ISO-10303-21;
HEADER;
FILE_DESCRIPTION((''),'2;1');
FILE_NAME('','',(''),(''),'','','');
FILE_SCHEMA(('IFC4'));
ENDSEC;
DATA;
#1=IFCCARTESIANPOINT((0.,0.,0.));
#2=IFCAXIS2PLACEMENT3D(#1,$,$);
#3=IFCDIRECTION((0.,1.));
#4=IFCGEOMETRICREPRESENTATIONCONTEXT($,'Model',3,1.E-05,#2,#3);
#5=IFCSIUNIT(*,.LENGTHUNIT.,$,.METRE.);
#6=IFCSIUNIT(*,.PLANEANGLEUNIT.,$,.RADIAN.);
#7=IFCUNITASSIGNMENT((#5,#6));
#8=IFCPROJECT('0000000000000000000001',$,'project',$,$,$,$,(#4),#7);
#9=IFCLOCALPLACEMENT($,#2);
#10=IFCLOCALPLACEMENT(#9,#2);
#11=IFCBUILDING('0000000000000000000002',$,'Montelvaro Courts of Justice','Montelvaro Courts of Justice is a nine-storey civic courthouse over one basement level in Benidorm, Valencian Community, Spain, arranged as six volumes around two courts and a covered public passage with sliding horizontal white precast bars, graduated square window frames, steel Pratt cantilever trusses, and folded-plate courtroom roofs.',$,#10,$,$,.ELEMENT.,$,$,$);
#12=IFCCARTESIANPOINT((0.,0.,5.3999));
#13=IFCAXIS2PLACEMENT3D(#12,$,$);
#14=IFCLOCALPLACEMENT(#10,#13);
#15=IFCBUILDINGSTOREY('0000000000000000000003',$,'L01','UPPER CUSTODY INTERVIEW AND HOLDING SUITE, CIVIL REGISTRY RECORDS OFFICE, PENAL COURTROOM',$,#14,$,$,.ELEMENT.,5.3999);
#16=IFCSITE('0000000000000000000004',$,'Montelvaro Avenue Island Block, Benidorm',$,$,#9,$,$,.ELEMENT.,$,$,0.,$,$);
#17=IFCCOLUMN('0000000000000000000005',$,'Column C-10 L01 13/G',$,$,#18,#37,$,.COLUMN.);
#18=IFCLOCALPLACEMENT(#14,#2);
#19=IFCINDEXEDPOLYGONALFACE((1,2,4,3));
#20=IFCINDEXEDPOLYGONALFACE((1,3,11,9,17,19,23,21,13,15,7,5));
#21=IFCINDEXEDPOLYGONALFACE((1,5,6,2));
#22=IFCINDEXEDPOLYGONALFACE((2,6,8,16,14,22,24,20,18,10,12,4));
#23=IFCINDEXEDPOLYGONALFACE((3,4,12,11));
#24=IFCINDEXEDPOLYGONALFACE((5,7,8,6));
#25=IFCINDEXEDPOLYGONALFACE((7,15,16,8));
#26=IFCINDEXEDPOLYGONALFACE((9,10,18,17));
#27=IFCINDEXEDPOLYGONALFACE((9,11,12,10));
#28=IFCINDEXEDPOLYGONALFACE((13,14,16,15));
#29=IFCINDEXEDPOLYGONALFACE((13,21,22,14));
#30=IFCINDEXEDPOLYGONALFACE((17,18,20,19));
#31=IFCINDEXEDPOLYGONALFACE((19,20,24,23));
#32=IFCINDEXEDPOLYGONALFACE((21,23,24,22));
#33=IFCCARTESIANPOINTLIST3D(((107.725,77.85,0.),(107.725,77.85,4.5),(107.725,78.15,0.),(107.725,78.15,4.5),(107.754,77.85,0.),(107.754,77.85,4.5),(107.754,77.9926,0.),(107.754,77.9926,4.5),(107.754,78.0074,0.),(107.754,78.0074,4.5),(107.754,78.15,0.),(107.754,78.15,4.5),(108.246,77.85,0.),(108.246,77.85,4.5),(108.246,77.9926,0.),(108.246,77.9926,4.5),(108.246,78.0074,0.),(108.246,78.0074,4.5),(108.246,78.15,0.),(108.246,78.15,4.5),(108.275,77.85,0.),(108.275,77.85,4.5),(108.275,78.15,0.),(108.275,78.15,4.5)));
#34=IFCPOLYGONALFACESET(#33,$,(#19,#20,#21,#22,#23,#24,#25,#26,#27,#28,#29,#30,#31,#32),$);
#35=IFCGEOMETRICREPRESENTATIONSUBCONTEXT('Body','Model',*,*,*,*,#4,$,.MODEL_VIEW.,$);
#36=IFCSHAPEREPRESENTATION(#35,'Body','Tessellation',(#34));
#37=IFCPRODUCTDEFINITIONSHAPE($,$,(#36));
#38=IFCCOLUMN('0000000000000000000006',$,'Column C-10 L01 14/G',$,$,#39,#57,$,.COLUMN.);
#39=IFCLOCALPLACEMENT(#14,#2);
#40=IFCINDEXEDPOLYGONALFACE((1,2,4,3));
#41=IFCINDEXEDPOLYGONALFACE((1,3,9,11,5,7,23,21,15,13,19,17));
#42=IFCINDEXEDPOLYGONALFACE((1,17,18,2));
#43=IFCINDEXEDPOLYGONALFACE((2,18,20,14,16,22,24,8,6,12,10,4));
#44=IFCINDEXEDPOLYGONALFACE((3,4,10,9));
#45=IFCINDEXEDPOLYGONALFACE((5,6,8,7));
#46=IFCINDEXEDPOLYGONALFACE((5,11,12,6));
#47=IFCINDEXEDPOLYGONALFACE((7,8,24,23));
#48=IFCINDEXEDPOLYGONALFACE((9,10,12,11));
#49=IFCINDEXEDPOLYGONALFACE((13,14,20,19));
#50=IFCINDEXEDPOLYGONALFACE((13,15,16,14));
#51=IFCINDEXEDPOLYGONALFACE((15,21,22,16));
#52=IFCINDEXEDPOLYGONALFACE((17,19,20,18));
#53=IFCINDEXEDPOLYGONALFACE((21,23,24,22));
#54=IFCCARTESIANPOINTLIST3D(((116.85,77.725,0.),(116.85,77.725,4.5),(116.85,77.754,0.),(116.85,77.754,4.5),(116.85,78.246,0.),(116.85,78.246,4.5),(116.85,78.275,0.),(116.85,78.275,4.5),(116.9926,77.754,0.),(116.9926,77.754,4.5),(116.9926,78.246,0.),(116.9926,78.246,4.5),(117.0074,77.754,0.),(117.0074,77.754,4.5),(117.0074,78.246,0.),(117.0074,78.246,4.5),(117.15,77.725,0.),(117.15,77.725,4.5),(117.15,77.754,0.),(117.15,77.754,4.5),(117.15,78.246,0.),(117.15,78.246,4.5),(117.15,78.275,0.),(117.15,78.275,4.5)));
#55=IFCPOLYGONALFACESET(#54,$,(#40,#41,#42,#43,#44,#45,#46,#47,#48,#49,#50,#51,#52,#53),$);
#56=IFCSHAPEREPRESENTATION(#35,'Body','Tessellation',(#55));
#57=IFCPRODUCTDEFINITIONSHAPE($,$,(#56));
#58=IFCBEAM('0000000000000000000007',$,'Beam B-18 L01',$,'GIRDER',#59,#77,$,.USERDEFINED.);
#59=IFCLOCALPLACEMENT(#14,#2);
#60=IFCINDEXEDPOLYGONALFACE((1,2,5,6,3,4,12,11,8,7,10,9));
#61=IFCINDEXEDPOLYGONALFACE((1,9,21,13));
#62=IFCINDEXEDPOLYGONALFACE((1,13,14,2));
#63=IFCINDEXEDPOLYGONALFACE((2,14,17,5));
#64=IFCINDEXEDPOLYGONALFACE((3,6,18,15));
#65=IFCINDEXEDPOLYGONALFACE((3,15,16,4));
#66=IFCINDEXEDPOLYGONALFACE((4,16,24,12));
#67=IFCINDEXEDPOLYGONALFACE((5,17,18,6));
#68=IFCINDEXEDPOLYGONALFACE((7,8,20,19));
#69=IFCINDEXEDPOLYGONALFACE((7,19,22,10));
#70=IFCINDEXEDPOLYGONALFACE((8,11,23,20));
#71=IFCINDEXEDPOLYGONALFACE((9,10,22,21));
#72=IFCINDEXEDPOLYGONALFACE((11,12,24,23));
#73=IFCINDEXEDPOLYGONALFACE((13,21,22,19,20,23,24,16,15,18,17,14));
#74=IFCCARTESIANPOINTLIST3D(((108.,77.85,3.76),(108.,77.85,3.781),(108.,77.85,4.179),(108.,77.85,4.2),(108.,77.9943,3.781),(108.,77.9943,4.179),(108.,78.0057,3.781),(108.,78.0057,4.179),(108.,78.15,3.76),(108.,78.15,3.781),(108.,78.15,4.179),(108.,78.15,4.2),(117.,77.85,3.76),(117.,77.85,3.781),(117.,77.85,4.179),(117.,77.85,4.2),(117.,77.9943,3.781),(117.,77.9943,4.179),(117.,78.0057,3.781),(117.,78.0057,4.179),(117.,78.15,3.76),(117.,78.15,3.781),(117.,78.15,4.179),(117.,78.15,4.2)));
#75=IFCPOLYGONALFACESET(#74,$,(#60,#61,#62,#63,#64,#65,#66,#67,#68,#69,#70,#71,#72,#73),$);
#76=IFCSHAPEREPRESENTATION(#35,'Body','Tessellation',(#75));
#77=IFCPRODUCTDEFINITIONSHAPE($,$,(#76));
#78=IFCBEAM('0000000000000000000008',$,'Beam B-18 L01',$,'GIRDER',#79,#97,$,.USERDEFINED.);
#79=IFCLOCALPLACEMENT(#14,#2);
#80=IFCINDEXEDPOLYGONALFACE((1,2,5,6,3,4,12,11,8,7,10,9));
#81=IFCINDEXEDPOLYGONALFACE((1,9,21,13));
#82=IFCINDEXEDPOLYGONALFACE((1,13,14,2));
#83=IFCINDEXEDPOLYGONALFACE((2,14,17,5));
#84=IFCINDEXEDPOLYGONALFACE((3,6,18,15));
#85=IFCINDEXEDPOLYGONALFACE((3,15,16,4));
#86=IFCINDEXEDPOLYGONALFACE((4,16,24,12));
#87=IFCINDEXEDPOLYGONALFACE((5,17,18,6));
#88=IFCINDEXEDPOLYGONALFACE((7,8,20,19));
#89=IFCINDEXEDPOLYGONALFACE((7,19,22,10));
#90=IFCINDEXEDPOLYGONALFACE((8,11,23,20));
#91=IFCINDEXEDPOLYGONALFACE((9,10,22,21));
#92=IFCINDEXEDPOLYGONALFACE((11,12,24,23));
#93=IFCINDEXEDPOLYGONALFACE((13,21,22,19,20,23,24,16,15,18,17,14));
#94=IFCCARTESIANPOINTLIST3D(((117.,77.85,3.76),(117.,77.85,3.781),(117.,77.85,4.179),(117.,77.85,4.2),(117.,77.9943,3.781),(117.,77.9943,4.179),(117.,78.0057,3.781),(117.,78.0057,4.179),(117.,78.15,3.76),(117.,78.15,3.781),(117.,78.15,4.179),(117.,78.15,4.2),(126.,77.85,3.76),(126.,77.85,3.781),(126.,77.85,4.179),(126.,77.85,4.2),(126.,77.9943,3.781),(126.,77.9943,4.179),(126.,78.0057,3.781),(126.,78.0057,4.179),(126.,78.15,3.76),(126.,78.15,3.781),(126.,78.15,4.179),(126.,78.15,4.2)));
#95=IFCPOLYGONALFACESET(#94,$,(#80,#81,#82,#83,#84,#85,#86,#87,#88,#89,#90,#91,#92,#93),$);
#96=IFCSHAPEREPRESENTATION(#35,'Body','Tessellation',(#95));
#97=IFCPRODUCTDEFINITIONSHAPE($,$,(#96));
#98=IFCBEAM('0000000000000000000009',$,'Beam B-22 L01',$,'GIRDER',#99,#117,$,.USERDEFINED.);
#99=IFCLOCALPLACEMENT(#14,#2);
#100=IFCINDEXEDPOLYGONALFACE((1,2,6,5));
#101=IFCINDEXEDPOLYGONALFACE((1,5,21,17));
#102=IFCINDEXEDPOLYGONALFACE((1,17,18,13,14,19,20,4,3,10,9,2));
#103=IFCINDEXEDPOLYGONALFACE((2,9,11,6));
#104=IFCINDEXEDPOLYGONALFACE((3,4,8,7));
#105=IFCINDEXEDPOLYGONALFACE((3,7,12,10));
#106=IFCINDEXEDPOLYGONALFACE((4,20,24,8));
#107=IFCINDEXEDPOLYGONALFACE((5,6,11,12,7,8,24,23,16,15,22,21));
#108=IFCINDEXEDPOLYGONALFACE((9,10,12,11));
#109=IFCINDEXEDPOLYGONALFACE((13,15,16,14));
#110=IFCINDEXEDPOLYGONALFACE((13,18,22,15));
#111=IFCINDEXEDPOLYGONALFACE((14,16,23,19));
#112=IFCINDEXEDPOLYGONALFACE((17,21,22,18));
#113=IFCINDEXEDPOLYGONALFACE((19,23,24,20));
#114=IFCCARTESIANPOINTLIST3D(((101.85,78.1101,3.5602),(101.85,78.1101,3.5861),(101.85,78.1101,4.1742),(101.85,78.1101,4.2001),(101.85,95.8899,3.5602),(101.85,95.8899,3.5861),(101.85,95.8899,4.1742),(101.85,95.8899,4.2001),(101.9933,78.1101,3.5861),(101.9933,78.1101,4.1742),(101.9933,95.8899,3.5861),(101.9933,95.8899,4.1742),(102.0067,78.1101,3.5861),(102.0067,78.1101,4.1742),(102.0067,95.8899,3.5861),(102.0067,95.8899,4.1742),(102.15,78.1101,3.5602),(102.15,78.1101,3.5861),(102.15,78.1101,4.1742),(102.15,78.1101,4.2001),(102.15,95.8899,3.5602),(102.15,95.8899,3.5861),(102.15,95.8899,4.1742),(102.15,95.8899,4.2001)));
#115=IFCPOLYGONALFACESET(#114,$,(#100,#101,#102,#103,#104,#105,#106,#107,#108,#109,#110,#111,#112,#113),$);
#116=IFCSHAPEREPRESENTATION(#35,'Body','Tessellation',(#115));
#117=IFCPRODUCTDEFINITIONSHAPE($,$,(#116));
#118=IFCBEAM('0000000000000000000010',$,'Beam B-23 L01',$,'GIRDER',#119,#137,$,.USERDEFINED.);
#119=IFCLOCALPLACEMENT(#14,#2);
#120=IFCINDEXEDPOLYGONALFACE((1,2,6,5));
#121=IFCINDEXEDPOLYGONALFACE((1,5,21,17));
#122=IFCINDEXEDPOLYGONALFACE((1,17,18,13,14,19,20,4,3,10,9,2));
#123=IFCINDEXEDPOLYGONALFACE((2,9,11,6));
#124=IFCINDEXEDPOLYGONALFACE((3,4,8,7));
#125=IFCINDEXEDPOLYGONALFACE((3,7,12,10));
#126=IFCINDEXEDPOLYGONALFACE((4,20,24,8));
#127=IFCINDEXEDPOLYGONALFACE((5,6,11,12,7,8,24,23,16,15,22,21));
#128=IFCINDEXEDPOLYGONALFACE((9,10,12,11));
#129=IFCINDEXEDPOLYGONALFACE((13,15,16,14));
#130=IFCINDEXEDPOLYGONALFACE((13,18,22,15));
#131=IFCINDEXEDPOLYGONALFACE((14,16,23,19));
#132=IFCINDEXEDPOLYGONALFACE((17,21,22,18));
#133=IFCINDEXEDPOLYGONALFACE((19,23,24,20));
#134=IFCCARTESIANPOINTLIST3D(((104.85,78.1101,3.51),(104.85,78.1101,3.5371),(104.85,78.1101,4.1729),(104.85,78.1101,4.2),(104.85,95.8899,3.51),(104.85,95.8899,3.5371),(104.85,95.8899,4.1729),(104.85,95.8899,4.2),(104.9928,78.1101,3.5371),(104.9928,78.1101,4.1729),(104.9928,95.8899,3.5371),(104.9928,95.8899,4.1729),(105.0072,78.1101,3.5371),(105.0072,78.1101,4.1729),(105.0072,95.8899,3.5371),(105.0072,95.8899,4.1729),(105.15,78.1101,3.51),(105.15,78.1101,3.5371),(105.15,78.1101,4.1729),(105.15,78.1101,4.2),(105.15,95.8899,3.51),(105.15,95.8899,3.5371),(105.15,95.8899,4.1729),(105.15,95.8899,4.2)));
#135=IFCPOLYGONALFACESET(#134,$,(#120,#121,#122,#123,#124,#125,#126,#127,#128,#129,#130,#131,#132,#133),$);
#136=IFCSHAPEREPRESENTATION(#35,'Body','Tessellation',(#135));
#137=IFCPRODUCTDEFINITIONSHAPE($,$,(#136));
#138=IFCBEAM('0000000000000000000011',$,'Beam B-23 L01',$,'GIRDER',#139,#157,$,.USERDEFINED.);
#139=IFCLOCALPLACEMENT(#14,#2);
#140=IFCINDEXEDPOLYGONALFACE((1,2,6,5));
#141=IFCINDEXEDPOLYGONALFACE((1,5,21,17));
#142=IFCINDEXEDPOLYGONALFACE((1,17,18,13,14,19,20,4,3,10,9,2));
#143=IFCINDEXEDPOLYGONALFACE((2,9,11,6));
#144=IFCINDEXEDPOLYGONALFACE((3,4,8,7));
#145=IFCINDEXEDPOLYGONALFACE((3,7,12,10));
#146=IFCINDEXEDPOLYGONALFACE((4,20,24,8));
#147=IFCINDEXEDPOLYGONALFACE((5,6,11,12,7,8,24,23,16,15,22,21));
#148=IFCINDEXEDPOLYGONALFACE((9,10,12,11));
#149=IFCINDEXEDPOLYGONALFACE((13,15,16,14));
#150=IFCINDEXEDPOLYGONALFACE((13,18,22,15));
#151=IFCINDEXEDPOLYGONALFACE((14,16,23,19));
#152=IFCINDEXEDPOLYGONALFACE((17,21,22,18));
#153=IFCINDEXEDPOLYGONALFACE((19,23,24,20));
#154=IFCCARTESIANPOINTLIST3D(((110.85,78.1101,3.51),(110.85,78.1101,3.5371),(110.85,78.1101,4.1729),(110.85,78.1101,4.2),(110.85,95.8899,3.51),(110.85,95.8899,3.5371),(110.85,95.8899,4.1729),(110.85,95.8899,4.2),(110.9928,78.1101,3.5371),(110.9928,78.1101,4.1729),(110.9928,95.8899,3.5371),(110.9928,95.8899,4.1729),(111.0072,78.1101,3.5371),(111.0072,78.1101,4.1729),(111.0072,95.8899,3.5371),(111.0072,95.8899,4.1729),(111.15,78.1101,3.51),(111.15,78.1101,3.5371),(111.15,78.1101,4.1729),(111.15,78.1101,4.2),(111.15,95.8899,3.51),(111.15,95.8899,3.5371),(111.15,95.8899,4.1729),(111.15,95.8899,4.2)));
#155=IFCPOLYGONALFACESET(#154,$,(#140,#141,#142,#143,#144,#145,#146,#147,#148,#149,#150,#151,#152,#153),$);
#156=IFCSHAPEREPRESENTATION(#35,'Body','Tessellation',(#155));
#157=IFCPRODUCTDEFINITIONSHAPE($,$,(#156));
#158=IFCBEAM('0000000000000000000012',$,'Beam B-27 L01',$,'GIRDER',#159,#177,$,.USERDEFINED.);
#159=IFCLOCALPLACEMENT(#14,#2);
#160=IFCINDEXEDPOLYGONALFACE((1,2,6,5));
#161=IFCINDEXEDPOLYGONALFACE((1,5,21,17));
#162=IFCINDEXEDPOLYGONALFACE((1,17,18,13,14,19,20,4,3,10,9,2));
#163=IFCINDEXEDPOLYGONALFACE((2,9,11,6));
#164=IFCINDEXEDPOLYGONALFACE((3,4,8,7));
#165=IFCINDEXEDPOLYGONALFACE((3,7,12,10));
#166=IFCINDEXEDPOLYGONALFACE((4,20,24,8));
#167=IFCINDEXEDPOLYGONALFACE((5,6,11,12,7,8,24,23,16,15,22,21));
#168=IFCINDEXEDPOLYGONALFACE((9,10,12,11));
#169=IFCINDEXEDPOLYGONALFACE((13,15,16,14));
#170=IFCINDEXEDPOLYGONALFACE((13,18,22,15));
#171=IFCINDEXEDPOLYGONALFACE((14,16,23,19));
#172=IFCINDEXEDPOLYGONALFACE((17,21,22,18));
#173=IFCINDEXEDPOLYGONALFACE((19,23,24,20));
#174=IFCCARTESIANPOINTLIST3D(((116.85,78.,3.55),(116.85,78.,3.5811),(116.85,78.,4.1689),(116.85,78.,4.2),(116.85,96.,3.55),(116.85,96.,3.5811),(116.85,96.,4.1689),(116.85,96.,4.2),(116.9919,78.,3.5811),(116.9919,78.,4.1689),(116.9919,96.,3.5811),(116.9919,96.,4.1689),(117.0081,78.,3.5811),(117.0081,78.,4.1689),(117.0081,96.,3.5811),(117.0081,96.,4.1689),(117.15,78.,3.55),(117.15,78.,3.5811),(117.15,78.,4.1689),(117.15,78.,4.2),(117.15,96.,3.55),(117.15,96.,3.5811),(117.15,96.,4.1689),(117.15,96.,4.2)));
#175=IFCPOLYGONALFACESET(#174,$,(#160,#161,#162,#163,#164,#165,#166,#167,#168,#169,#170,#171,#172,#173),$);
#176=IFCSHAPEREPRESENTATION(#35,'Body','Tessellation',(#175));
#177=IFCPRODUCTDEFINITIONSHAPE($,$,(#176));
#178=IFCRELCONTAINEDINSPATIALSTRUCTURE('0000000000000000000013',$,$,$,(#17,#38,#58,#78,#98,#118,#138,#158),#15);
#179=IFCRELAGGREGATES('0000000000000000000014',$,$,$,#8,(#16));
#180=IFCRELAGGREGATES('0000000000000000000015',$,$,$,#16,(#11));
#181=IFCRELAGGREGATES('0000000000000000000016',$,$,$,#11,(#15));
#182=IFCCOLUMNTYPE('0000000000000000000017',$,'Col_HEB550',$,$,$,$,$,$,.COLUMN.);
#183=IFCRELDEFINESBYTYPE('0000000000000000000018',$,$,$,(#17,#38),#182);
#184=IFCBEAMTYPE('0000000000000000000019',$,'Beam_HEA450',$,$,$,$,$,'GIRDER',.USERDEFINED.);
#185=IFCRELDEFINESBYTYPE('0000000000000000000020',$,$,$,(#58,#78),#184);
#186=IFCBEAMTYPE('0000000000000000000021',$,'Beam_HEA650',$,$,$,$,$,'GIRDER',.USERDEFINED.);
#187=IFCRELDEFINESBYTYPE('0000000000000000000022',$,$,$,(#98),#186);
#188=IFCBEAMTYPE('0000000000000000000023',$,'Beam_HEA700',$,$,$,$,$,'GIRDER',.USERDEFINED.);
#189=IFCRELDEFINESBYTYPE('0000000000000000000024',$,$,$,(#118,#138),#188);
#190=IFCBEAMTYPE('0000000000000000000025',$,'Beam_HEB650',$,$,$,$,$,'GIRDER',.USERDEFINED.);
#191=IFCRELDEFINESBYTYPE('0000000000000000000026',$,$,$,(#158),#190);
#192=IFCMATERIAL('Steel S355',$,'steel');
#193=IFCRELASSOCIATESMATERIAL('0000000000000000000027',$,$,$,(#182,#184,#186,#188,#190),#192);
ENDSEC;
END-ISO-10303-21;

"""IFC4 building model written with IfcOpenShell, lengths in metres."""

from ifc_helpers import new_model, si_unit, direction, frame, origin, origin_2d, place, context, subcontext, project, spatial, i_section, extrude, material, material_profile, profile_set, type_object, element, save


model = new_model("IFC4")

# Units and contexts
model_context = context("Model", 3, precision=1e-05, world=origin(), true_north=direction((0.0, 1.0)))
body_context = subcontext(model_context, "Body", "Model", "MODEL_VIEW")
ifc_project = project(units=[si_unit("LENGTHUNIT", "METRE"), si_unit("PLANEANGLEUNIT", "RADIAN")], contexts=[model_context])

# Site, building, storey
site_placement = place(None, origin())
site = spatial("IfcSite", under=ifc_project, at=site_placement, Name="Montelvaro Avenue Island Block, Benidorm", CompositionType="ELEMENT", RefElevation=0.0)
building_placement = place(site_placement, origin())
building = spatial("IfcBuilding", under=site, at=building_placement, Name="Montelvaro Courts of Justice", Description="Montelvaro Courts of Justice is a nine-storey civic courthouse over one basement level in Benidorm, Valencian Community, Spain, arranged as six volumes around two courts and a covered public passage with sliding horizontal white precast bars, graduated square window frames, steel Pratt cantilever trusses, and folded-plate courtroom roofs.", CompositionType="ELEMENT")
storey_placement = place(building_placement, frame((0.0, 0.0, 5.3999)))
storey = spatial("IfcBuildingStorey", under=building, at=storey_placement, Name="L01", Description="UPPER CUSTODY INTERVIEW AND HOLDING SUITE, CIVIL REGISTRY RECORDS OFFICE, PENAL COURTROOM", CompositionType="ELEMENT", Elevation=5.3999)

# Columns
ifc_material_1 = material(Name="Steel S355", Category="steel")
ifc_material_profile_1 = material_profile(ifc_material_1, i_section(OverallWidth=0.3, OverallDepth=0.55, WebThickness=0.0149, FlangeThickness=0.0291, at=origin_2d()), Name="HEB 550")
ifc_profile_set_1 = profile_set([ifc_material_profile_1], Name="Steel S355")
column_type = type_object("IfcColumnType", Name="Col_HEB550", PredefinedType="COLUMN", material=ifc_profile_set_1)
for number, where, z_axis, x_axis, name in (
    (1, (108.0, 78.0, 0.0), (0.0, 0.0, 1.0), (0.0, 1.0, 0.0), "Column C-10 L01 13/G"),
    (2, (117.0, 78.0, 0.0), (0.0, 0.0, 1.0), (1.0, 0.0, 0.0), "Column C-10 L01 14/G"),
):
    element("IfcColumn", number, at=place(storey_placement, frame(where, z_axis=z_axis, x_axis=x_axis)), inside=storey, type_object=column_type, Name=name, PredefinedType="COLUMN", context=body_context, shape_type="SweptSolid", body=[
        extrude(i_section(OverallWidth=0.3, OverallDepth=0.55, WebThickness=0.0149, FlangeThickness=0.0291, at=origin_2d()), origin(), (0.0, 0.0, 1.0), 4.5),
    ])

# Beams
ifc_material_profile_2 = material_profile(ifc_material_1, i_section(OverallWidth=0.3, OverallDepth=0.4399, WebThickness=0.0115, FlangeThickness=0.021, at=origin_2d()), Name="HEA 450")
ifc_profile_set_2 = profile_set([ifc_material_profile_2], Name="Steel S355")
beam_type_1 = type_object("IfcBeamType", Name="Beam_HEA450", ElementType="GIRDER", PredefinedType="USERDEFINED", material=ifc_profile_set_2)
for number, where, z_axis, x_axis, name in (
    (3, (108.0, 78.0, 3.98), (1.0, 0.0, 0.0), (0.0, 1.0, 0.0), "Beam B-18 L01"),
    (4, (117.0, 78.0, 3.98), (1.0, 0.0, 0.0), (0.0, 1.0, 0.0), "Beam B-18 L01"),
):
    element("IfcBeam", number, at=place(storey_placement, frame(where, z_axis=z_axis, x_axis=x_axis)), inside=storey, type_object=beam_type_1, Name=name, ObjectType="GIRDER", PredefinedType="USERDEFINED", context=body_context, shape_type="SweptSolid", body=[
        extrude(i_section(OverallWidth=0.3, OverallDepth=0.4399, WebThickness=0.0115, FlangeThickness=0.021, at=origin_2d()), origin(), (0.0, 0.0, 1.0), 9.0),
    ])
ifc_material_profile_3 = material_profile(ifc_material_1, i_section(OverallWidth=0.3, OverallDepth=0.6399, WebThickness=0.0134, FlangeThickness=0.0259, at=origin_2d()), Name="HEA 650")
ifc_profile_set_3 = profile_set([ifc_material_profile_3], Name="Steel S355")
beam_type_2 = type_object("IfcBeamType", Name="Beam_HEA650", ElementType="GIRDER", PredefinedType="USERDEFINED", material=ifc_profile_set_3)
beam_1_placement = place(storey_placement, frame((102.0, 78.1101, 3.8801), z_axis=(0.0, 1.0, 0.0), x_axis=(-1.0, 0.0, 0.0)))
element("IfcBeam", 5, at=beam_1_placement, inside=storey, type_object=beam_type_2, Name="Beam B-22 L01", ObjectType="GIRDER", PredefinedType="USERDEFINED", context=body_context, shape_type="SweptSolid", body=[
    extrude(i_section(OverallWidth=0.3, OverallDepth=0.6399, WebThickness=0.0134, FlangeThickness=0.0259, at=origin_2d()), origin(), (0.0, 0.0, 1.0), 17.7798),
])
ifc_material_profile_4 = material_profile(ifc_material_1, i_section(OverallWidth=0.3, OverallDepth=0.6899, WebThickness=0.0144, FlangeThickness=0.0271, at=origin_2d()), Name="HEA 700")
ifc_profile_set_4 = profile_set([ifc_material_profile_4], Name="Steel S355")
beam_type_3 = type_object("IfcBeamType", Name="Beam_HEA700", ElementType="GIRDER", PredefinedType="USERDEFINED", material=ifc_profile_set_4)
for number, where, z_axis, x_axis, name in (
    (6, (105.0, 78.1101, 3.855), (0.0, 1.0, 0.0), (-1.0, 0.0, 0.0), "Beam B-23 L01"),
    (7, (111.0, 78.1101, 3.855), (0.0, 1.0, 0.0), (-1.0, 0.0, 0.0), "Beam B-23 L01"),
):
    element("IfcBeam", number, at=place(storey_placement, frame(where, z_axis=z_axis, x_axis=x_axis)), inside=storey, type_object=beam_type_3, Name=name, ObjectType="GIRDER", PredefinedType="USERDEFINED", context=body_context, shape_type="SweptSolid", body=[
        extrude(i_section(OverallWidth=0.3, OverallDepth=0.6899, WebThickness=0.0144, FlangeThickness=0.0271, at=origin_2d()), origin(), (0.0, 0.0, 1.0), 17.7798),
    ])
ifc_material_profile_5 = material_profile(ifc_material_1, i_section(OverallWidth=0.3, OverallDepth=0.6499, WebThickness=0.0161, FlangeThickness=0.031, at=origin_2d()), Name="HEB 650")
ifc_profile_set_5 = profile_set([ifc_material_profile_5], Name="Steel S355")
beam_type_4 = type_object("IfcBeamType", Name="Beam_HEB650", ElementType="GIRDER", PredefinedType="USERDEFINED", material=ifc_profile_set_5)
beam_2_placement = place(storey_placement, frame((117.0, 78.0, 3.875), z_axis=(0.0, 1.0, 0.0), x_axis=(-1.0, 0.0, 0.0)))
element("IfcBeam", 8, at=beam_2_placement, inside=storey, type_object=beam_type_4, Name="Beam B-27 L01", ObjectType="GIRDER", PredefinedType="USERDEFINED", context=body_context, shape_type="SweptSolid", body=[
    extrude(i_section(OverallWidth=0.3, OverallDepth=0.6499, WebThickness=0.0161, FlangeThickness=0.031, at=origin_2d()), origin(), (0.0, 0.0, 1.0), 18.0),
])

save(model, "model.ifc")
